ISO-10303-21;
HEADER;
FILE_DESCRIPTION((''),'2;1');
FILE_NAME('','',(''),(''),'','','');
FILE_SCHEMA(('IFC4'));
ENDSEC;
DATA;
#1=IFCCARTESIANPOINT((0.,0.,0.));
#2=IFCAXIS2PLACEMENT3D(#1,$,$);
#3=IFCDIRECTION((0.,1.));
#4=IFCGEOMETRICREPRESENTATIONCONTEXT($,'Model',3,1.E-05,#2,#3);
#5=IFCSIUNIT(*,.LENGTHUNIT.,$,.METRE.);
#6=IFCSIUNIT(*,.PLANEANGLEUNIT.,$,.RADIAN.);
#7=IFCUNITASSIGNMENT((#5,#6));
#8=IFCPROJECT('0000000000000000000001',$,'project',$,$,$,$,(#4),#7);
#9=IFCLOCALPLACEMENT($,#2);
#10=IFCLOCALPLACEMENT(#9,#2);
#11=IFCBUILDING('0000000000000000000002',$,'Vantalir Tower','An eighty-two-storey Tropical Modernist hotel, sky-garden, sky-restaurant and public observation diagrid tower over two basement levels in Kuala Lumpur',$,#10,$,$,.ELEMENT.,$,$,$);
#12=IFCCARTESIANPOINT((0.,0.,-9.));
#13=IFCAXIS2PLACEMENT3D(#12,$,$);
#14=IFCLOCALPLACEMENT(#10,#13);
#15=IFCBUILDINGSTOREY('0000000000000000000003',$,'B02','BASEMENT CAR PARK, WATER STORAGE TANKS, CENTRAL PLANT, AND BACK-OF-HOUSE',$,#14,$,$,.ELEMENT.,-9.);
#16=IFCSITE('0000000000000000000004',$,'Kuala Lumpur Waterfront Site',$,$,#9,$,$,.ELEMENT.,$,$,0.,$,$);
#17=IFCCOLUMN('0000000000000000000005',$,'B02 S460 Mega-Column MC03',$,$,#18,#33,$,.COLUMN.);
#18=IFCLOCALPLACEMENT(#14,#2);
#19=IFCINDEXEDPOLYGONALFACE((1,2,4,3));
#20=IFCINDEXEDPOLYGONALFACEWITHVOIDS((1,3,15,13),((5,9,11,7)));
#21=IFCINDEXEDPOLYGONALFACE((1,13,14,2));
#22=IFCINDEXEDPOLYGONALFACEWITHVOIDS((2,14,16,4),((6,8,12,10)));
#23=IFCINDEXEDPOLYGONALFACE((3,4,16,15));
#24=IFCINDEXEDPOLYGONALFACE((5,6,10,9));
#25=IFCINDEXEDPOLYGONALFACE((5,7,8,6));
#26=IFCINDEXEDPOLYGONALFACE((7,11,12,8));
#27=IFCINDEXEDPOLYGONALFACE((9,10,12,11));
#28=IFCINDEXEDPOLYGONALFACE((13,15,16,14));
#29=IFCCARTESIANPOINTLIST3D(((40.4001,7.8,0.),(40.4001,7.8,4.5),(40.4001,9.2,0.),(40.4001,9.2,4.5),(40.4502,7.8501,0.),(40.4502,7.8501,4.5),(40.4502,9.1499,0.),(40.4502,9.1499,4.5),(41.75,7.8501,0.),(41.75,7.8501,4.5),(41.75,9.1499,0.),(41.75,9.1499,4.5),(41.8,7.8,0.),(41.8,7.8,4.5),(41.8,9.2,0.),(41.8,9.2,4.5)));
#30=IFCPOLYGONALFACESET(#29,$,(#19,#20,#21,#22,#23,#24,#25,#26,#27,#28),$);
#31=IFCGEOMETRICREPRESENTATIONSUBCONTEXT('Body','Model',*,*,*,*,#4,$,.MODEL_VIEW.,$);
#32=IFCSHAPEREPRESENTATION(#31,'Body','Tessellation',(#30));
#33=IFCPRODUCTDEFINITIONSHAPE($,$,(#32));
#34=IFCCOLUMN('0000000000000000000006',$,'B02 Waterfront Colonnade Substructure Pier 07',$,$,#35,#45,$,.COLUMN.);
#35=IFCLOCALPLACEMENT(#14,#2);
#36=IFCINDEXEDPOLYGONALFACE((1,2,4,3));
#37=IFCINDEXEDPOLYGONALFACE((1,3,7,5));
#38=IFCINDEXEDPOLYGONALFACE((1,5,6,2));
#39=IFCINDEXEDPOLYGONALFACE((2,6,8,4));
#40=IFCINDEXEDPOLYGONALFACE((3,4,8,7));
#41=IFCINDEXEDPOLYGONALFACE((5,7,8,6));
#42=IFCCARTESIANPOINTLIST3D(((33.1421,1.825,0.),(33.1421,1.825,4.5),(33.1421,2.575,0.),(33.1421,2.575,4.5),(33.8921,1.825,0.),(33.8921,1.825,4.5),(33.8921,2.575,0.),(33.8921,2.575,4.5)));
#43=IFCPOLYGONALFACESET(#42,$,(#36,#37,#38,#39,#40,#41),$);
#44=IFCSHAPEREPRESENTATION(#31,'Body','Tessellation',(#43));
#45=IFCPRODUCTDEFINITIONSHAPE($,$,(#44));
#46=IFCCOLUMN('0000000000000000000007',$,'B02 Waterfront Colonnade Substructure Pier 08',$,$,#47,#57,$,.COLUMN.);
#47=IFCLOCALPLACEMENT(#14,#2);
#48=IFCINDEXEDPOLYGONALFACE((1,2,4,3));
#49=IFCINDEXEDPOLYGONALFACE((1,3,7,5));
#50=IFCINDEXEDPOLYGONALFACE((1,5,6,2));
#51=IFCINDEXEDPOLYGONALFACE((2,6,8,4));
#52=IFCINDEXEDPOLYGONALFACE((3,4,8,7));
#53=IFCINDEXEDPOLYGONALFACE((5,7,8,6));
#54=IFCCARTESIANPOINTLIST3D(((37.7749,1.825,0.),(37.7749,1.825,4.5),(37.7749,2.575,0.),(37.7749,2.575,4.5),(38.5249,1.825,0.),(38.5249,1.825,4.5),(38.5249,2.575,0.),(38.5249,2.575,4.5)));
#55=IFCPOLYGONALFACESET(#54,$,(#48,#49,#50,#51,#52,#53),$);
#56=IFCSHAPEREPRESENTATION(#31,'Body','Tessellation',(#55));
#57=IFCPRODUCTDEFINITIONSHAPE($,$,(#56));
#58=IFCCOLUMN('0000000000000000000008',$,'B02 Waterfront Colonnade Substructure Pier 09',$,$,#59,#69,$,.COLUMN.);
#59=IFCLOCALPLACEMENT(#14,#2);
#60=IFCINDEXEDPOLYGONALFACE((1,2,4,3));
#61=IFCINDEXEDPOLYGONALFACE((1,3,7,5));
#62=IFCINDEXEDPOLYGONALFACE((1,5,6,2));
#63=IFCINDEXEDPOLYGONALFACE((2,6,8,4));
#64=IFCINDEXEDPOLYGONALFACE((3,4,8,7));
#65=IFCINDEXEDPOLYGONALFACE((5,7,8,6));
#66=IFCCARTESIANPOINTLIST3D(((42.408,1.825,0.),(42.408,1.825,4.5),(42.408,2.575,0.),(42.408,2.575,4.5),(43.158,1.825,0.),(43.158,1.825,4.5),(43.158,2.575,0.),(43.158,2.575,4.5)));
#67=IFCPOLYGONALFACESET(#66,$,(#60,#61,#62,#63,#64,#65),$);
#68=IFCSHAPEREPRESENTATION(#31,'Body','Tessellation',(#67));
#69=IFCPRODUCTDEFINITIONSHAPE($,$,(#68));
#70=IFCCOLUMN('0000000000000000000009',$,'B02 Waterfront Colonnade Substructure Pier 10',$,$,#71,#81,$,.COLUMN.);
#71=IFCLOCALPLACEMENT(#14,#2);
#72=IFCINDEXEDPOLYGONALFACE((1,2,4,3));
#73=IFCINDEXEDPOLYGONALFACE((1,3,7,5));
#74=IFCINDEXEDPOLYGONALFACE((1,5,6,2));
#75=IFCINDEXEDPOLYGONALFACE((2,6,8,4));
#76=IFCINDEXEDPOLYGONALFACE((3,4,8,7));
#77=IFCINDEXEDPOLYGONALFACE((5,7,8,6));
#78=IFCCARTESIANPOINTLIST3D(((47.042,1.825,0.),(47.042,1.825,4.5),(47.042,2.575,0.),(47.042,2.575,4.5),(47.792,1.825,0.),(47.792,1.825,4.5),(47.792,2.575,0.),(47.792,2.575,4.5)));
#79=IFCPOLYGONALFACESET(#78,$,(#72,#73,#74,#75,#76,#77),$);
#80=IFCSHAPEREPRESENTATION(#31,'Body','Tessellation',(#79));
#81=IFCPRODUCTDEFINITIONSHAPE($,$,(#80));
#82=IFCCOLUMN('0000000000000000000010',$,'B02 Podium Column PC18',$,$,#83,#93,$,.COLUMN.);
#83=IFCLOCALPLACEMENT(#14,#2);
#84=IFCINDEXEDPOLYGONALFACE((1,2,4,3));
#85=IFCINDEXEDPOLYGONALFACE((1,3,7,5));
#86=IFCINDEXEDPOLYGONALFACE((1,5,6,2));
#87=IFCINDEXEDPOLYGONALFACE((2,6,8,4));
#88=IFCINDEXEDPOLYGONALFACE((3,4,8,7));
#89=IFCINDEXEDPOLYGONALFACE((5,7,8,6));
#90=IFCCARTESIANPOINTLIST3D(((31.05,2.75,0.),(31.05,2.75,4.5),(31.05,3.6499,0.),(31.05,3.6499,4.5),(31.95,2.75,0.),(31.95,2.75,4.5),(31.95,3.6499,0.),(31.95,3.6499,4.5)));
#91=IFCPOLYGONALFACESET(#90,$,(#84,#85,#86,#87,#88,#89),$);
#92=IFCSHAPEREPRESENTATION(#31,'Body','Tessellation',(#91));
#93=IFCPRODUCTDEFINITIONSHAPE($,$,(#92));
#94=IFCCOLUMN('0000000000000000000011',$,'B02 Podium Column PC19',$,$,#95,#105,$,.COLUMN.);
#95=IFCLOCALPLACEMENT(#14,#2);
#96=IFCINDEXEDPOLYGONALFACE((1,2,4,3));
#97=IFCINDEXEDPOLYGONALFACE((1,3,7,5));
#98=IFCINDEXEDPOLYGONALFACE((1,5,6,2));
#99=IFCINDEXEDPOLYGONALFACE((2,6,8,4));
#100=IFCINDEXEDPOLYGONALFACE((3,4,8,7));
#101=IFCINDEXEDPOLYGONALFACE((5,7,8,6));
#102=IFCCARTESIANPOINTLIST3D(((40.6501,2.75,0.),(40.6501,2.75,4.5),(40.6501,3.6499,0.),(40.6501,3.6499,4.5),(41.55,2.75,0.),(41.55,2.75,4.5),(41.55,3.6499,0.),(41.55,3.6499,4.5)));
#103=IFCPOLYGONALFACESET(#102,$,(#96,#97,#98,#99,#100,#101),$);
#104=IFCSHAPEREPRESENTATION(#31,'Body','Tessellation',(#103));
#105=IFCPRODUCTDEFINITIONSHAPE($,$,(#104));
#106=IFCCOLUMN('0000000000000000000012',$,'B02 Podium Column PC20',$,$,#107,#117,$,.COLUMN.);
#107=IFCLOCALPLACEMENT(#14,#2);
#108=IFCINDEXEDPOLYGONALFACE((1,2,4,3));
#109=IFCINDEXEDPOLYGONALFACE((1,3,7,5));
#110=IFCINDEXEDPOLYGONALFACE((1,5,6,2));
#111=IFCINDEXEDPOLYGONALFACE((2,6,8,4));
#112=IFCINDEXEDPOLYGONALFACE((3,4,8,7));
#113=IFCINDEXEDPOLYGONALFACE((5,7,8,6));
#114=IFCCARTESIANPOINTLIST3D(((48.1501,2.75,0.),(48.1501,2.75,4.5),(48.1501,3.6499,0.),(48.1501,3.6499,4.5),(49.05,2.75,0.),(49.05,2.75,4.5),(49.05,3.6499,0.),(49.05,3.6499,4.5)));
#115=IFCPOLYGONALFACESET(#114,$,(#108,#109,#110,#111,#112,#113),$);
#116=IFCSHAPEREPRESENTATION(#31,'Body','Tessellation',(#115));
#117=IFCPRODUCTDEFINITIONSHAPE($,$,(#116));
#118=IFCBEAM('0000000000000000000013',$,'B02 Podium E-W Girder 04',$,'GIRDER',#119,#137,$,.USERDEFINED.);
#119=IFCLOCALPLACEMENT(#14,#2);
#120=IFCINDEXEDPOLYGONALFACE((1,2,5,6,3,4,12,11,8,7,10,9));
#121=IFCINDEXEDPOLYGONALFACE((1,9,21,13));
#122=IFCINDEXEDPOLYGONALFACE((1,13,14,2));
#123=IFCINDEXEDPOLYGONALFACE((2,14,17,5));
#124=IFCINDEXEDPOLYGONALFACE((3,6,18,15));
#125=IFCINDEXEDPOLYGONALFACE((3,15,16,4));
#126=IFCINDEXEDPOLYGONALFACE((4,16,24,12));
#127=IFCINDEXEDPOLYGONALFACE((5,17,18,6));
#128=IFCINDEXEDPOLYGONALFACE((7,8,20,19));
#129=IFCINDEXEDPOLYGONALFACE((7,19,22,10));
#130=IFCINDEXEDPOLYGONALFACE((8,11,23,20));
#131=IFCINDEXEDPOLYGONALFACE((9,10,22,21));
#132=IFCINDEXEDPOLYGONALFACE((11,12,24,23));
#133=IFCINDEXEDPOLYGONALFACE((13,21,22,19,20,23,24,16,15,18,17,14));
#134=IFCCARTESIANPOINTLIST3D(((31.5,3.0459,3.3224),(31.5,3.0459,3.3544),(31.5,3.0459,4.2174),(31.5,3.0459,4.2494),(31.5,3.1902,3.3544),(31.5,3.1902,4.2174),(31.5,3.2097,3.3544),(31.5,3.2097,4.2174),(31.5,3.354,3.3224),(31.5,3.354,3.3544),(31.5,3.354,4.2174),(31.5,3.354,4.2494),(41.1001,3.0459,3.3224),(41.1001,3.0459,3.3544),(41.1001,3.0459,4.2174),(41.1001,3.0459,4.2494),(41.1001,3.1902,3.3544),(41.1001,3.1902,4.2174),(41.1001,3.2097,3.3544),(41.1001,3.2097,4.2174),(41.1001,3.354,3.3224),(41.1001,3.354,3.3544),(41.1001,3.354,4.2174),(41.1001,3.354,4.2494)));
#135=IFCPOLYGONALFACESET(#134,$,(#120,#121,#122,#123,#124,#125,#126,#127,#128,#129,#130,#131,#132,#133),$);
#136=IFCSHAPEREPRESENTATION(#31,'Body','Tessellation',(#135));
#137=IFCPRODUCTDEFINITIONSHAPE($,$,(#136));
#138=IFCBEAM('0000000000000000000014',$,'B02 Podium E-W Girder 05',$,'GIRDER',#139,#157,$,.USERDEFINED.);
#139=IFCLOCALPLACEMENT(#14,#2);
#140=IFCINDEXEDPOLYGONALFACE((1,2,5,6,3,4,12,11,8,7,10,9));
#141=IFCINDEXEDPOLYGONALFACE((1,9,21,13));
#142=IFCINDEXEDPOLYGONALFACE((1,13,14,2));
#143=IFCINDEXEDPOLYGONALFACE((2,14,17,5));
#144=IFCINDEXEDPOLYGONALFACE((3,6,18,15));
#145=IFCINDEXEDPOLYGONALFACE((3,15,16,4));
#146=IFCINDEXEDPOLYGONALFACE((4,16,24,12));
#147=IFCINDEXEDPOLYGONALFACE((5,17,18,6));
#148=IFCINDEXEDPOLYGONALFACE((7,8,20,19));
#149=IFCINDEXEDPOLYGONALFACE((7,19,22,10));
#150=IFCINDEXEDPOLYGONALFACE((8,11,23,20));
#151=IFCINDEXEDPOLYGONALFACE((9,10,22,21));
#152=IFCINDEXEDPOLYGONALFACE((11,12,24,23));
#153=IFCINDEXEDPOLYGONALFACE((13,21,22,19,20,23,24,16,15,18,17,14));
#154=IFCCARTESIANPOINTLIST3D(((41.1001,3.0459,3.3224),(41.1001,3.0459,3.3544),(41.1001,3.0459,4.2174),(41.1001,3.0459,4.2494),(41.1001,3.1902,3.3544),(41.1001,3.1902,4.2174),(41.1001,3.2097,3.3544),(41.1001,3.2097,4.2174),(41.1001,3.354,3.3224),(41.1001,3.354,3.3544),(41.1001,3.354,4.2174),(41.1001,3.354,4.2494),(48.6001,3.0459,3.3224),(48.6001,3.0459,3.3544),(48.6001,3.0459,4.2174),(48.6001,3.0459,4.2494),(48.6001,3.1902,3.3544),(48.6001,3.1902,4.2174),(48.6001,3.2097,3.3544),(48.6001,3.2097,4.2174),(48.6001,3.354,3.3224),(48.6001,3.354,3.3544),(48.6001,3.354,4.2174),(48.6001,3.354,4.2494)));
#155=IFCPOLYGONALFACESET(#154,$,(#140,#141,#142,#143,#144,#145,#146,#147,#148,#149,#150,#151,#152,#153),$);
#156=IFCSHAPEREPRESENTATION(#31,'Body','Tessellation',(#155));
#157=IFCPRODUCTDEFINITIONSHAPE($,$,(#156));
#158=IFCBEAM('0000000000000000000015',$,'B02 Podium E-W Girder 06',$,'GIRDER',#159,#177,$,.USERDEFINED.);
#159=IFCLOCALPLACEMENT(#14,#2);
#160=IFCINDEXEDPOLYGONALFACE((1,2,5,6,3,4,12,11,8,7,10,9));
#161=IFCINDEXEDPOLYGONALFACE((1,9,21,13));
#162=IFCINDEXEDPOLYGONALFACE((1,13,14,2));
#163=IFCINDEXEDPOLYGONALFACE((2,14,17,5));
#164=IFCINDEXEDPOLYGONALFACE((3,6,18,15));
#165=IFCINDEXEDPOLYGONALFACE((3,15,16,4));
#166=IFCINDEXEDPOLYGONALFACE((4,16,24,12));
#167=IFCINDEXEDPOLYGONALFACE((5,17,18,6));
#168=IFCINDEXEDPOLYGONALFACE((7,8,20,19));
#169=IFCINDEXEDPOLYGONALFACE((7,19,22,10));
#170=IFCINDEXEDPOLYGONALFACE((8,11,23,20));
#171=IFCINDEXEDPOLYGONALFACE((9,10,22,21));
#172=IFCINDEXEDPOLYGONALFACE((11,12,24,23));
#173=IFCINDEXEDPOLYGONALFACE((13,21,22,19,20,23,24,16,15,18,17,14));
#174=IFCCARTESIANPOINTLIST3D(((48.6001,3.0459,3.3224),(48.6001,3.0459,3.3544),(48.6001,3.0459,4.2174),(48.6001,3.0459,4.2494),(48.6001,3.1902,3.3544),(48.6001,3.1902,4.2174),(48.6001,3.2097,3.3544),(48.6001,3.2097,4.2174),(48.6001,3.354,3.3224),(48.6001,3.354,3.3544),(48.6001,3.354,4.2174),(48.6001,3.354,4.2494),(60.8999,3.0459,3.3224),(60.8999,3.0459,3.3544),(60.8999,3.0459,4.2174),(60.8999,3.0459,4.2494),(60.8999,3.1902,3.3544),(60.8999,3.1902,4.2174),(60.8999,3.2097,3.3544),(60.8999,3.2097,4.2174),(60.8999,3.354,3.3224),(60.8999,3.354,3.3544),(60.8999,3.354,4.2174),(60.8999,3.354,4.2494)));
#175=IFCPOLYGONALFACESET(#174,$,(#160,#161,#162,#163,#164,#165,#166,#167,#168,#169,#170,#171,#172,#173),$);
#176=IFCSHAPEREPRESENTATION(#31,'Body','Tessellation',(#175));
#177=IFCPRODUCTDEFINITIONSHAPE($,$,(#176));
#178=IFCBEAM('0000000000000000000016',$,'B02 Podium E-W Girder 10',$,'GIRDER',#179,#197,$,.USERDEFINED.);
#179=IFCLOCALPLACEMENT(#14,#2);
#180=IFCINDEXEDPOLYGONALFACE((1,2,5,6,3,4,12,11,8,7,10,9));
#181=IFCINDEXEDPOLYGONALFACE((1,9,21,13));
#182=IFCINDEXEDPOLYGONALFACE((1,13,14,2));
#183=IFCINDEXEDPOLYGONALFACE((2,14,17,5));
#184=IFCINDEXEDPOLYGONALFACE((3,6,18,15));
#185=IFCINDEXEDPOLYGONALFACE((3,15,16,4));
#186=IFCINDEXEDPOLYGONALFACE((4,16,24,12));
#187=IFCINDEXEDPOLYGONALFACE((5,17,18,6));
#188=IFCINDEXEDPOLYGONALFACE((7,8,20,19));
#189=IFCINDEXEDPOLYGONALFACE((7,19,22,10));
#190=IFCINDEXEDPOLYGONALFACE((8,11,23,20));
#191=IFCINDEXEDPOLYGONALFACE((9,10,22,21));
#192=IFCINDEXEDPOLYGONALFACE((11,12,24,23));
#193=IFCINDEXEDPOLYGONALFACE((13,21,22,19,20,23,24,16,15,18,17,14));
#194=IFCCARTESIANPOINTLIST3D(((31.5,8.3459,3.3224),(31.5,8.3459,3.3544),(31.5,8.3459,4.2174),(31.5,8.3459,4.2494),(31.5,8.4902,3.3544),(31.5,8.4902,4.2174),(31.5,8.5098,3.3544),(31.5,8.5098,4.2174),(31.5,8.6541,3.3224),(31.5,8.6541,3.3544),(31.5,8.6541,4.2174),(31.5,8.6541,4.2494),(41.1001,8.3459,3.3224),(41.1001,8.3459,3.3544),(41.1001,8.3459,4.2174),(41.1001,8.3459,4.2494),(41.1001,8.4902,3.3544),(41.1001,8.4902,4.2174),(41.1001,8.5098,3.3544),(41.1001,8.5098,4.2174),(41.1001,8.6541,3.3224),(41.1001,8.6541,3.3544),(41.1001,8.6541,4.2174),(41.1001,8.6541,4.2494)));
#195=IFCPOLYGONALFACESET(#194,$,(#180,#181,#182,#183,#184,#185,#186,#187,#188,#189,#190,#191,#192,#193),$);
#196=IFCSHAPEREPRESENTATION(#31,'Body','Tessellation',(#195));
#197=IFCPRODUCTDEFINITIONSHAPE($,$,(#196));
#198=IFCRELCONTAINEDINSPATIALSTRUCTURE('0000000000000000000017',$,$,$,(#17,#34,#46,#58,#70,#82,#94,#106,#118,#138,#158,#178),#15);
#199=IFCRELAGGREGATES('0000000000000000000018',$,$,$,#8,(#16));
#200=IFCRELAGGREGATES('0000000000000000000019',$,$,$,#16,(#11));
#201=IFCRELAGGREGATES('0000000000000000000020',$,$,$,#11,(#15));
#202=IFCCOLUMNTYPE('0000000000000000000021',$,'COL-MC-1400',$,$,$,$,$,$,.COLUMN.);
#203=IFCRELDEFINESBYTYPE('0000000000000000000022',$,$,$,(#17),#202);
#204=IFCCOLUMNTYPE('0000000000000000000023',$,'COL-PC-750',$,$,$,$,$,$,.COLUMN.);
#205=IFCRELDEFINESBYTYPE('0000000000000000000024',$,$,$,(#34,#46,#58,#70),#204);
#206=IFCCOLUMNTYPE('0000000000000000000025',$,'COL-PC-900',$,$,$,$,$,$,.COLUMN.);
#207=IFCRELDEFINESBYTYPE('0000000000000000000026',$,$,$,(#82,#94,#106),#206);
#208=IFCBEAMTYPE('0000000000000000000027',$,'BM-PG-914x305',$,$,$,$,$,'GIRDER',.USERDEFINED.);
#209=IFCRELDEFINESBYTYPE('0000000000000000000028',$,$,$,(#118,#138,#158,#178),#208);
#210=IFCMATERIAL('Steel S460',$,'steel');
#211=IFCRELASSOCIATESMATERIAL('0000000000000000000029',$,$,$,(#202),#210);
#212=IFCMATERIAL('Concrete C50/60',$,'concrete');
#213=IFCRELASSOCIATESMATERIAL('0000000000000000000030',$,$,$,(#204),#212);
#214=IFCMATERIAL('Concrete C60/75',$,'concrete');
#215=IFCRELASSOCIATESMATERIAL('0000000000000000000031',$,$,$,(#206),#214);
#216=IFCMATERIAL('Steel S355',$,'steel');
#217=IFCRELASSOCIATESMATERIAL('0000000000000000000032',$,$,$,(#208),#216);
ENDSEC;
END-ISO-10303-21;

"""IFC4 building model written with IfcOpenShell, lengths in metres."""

from ifc_helpers import new_model, si_unit, direction, frame, origin, origin_2d, place, context, subcontext, project, spatial, rectangle, hollow_rectangle, i_section, extrude, material, material_profile, profile_set, type_object, element, save


model = new_model("IFC4")

# Units and contexts
model_context = context("Model", 3, precision=1e-05, world=origin(), true_north=direction((0.0, 1.0)))
body_context = subcontext(model_context, "Body", "Model", "MODEL_VIEW")
ifc_project = project(units=[si_unit("LENGTHUNIT", "METRE"), si_unit("PLANEANGLEUNIT", "RADIAN")], contexts=[model_context])

# Site, building, storey
site_placement = place(None, origin())
site = spatial("IfcSite", under=ifc_project, at=site_placement, Name="Kuala Lumpur Waterfront Site", CompositionType="ELEMENT", RefElevation=0.0)
building_placement = place(site_placement, origin())
building = spatial("IfcBuilding", under=site, at=building_placement, Name="Vantalir Tower", Description="An eighty-two-storey Tropical Modernist hotel, sky-garden, sky-restaurant and public observation diagrid tower over two basement levels in Kuala Lumpur", CompositionType="ELEMENT")
storey_placement = place(building_placement, frame((0.0, 0.0, -9.0)))
storey = spatial("IfcBuildingStorey", under=building, at=storey_placement, Name="B02", Description="BASEMENT CAR PARK, WATER STORAGE TANKS, CENTRAL PLANT, AND BACK-OF-HOUSE", CompositionType="ELEMENT", Elevation=-9.0)

# Shared definitions
ifc_material_1 = material(Name="Concrete C50/60", Category="concrete")

# Columns
ifc_material_2 = material(Name="Steel S460", Category="steel")
ifc_material_profile_1 = material_profile(ifc_material_2, hollow_rectangle(XDim=1.3999, YDim=1.3999, WallThickness=0.05, at=origin_2d()), Name="Steel S460")
ifc_profile_set_1 = profile_set([ifc_material_profile_1], Name="Steel S460")
column_type_1 = type_object("IfcColumnType", Name="COL-MC-1400", PredefinedType="COLUMN", material=ifc_profile_set_1)
for number, where, z_axis, x_axis, name in (
    (1, (41.1001, 8.5, 0.0), (0.0, 0.0, 1.0), (1.0, 0.0, 0.0), "B02 S460 Mega-Column MC03"),
):
    element("IfcColumn", number, at=place(storey_placement, frame(where, z_axis=z_axis, x_axis=x_axis)), inside=storey, type_object=column_type_1, Name=name, PredefinedType="COLUMN", context=body_context, shape_type="SweptSolid", body=[
        extrude(hollow_rectangle(XDim=1.3999, YDim=1.3999, WallThickness=0.05, at=origin_2d()), origin(), (0.0, 0.0, 1.0), 4.5),
    ])
ifc_material_profile_2 = material_profile(ifc_material_1, rectangle(XDim=0.75, YDim=0.75, at=origin_2d()), Name="Concrete C50/60")
ifc_profile_set_2 = profile_set([ifc_material_profile_2], Name="Concrete C50/60")
column_type_2 = type_object("IfcColumnType", Name="COL-PC-750", PredefinedType="COLUMN", material=ifc_profile_set_2)
for number, where, z_axis, x_axis, name in (
    (2, (33.5171, 2.2, 0.0), (0.0, 0.0, 1.0), (1.0, 0.0, 0.0), "B02 Waterfront Colonnade Substructure Pier 07"),
    (3, (38.1499, 2.2, 0.0), (0.0, 0.0, 1.0), (1.0, 0.0, 0.0), "B02 Waterfront Colonnade Substructure Pier 08"),
    (4, (42.783, 2.2, 0.0), (0.0, 0.0, 1.0), (1.0, 0.0, 0.0), "B02 Waterfront Colonnade Substructure Pier 09"),
    (5, (47.417, 2.2, 0.0), (0.0, 0.0, 1.0), (1.0, 0.0, 0.0), "B02 Waterfront Colonnade Substructure Pier 10"),
):
    element("IfcColumn", number, at=place(storey_placement, frame(where, z_axis=z_axis, x_axis=x_axis)), inside=storey, type_object=column_type_2, Name=name, PredefinedType="COLUMN", context=body_context, shape_type="SweptSolid", body=[
        extrude(rectangle(XDim=0.75, YDim=0.75, at=origin_2d()), origin(), (0.0, 0.0, 1.0), 4.5),
    ])
ifc_material_3 = material(Name="Concrete C60/75", Category="concrete")
ifc_material_profile_3 = material_profile(ifc_material_3, rectangle(XDim=0.8999, YDim=0.8999, at=origin_2d()), Name="Concrete C60/75")
ifc_profile_set_3 = profile_set([ifc_material_profile_3], Name="Concrete C60/75")
column_type_3 = type_object("IfcColumnType", Name="COL-PC-900", PredefinedType="COLUMN", material=ifc_profile_set_3)
for number, where, z_axis, x_axis, name in (
    (6, (31.5, 3.2, 0.0), (0.0, 0.0, 1.0), (1.0, 0.0, 0.0), "B02 Podium Column PC18"),
    (7, (41.1001, 3.2, 0.0), (0.0, 0.0, 1.0), (1.0, 0.0, 0.0), "B02 Podium Column PC19"),
    (8, (48.6001, 3.2, 0.0), (0.0, 0.0, 1.0), (1.0, 0.0, 0.0), "B02 Podium Column PC20"),
):
    element("IfcColumn", number, at=place(storey_placement, frame(where, z_axis=z_axis, x_axis=x_axis)), inside=storey, type_object=column_type_3, Name=name, PredefinedType="COLUMN", context=body_context, shape_type="SweptSolid", body=[
        extrude(rectangle(XDim=0.8999, YDim=0.8999, at=origin_2d()), origin(), (0.0, 0.0, 1.0), 4.5),
    ])

# Beams
ifc_material_4 = material(Name="Steel S355", Category="steel")
ifc_material_profile_4 = material_profile(ifc_material_4, i_section(OverallWidth=0.3081, OverallDepth=0.927, WebThickness=0.0195, FlangeThickness=0.032, at=origin_2d()), Name="Steel S355")
ifc_profile_set_4 = profile_set([ifc_material_profile_4], Name="Steel S355")
beam_type = type_object("IfcBeamType", Name="BM-PG-914x305", ElementType="GIRDER", PredefinedType="USERDEFINED", material=ifc_profile_set_4)
beam_1_placement = place(storey_placement, frame((31.5, 3.2, 3.7859), z_axis=(1.0, 0.0, 0.0), x_axis=(0.0, 1.0, 0.0)))
element("IfcBeam", 9, at=beam_1_placement, inside=storey, type_object=beam_type, Name="B02 Podium E-W Girder 04", ObjectType="GIRDER", PredefinedType="USERDEFINED", context=body_context, shape_type="SweptSolid", body=[
    extrude(i_section(OverallWidth=0.3081, OverallDepth=0.927, WebThickness=0.0195, FlangeThickness=0.032, at=origin_2d()), origin(), (0.0, 0.0, 1.0), 9.6001),
])
beam_2_placement = place(storey_placement, frame((41.1001, 3.2, 3.7859), z_axis=(1.0, 0.0, 0.0), x_axis=(0.0, 1.0, 0.0)))
element("IfcBeam", 10, at=beam_2_placement, inside=storey, type_object=beam_type, Name="B02 Podium E-W Girder 05", ObjectType="GIRDER", PredefinedType="USERDEFINED", context=body_context, shape_type="SweptSolid", body=[
    extrude(i_section(OverallWidth=0.3081, OverallDepth=0.927, WebThickness=0.0195, FlangeThickness=0.032, at=origin_2d()), origin(), (0.0, 0.0, 1.0), 7.5),
])
beam_3_placement = place(storey_placement, frame((48.6001, 3.2, 3.7859), z_axis=(1.0, 0.0, 0.0), x_axis=(0.0, 1.0, 0.0)))
element("IfcBeam", 11, at=beam_3_placement, inside=storey, type_object=beam_type, Name="B02 Podium E-W Girder 06", ObjectType="GIRDER", PredefinedType="USERDEFINED", context=body_context, shape_type="SweptSolid", body=[
    extrude(i_section(OverallWidth=0.3081, OverallDepth=0.927, WebThickness=0.0195, FlangeThickness=0.032, at=origin_2d()), origin(), (0.0, 0.0, 1.0), 12.2998),
])
beam_4_placement = place(storey_placement, frame((31.5, 8.5, 3.7859), z_axis=(1.0, 0.0, 0.0), x_axis=(0.0, 1.0, 0.0)))
element("IfcBeam", 12, at=beam_4_placement, inside=storey, type_object=beam_type, Name="B02 Podium E-W Girder 10", ObjectType="GIRDER", PredefinedType="USERDEFINED", context=body_context, shape_type="SweptSolid", body=[
    extrude(i_section(OverallWidth=0.3081, OverallDepth=0.927, WebThickness=0.0195, FlangeThickness=0.032, at=origin_2d()), origin(), (0.0, 0.0, 1.0), 9.6001),
])

save(model, "model.ifc")
